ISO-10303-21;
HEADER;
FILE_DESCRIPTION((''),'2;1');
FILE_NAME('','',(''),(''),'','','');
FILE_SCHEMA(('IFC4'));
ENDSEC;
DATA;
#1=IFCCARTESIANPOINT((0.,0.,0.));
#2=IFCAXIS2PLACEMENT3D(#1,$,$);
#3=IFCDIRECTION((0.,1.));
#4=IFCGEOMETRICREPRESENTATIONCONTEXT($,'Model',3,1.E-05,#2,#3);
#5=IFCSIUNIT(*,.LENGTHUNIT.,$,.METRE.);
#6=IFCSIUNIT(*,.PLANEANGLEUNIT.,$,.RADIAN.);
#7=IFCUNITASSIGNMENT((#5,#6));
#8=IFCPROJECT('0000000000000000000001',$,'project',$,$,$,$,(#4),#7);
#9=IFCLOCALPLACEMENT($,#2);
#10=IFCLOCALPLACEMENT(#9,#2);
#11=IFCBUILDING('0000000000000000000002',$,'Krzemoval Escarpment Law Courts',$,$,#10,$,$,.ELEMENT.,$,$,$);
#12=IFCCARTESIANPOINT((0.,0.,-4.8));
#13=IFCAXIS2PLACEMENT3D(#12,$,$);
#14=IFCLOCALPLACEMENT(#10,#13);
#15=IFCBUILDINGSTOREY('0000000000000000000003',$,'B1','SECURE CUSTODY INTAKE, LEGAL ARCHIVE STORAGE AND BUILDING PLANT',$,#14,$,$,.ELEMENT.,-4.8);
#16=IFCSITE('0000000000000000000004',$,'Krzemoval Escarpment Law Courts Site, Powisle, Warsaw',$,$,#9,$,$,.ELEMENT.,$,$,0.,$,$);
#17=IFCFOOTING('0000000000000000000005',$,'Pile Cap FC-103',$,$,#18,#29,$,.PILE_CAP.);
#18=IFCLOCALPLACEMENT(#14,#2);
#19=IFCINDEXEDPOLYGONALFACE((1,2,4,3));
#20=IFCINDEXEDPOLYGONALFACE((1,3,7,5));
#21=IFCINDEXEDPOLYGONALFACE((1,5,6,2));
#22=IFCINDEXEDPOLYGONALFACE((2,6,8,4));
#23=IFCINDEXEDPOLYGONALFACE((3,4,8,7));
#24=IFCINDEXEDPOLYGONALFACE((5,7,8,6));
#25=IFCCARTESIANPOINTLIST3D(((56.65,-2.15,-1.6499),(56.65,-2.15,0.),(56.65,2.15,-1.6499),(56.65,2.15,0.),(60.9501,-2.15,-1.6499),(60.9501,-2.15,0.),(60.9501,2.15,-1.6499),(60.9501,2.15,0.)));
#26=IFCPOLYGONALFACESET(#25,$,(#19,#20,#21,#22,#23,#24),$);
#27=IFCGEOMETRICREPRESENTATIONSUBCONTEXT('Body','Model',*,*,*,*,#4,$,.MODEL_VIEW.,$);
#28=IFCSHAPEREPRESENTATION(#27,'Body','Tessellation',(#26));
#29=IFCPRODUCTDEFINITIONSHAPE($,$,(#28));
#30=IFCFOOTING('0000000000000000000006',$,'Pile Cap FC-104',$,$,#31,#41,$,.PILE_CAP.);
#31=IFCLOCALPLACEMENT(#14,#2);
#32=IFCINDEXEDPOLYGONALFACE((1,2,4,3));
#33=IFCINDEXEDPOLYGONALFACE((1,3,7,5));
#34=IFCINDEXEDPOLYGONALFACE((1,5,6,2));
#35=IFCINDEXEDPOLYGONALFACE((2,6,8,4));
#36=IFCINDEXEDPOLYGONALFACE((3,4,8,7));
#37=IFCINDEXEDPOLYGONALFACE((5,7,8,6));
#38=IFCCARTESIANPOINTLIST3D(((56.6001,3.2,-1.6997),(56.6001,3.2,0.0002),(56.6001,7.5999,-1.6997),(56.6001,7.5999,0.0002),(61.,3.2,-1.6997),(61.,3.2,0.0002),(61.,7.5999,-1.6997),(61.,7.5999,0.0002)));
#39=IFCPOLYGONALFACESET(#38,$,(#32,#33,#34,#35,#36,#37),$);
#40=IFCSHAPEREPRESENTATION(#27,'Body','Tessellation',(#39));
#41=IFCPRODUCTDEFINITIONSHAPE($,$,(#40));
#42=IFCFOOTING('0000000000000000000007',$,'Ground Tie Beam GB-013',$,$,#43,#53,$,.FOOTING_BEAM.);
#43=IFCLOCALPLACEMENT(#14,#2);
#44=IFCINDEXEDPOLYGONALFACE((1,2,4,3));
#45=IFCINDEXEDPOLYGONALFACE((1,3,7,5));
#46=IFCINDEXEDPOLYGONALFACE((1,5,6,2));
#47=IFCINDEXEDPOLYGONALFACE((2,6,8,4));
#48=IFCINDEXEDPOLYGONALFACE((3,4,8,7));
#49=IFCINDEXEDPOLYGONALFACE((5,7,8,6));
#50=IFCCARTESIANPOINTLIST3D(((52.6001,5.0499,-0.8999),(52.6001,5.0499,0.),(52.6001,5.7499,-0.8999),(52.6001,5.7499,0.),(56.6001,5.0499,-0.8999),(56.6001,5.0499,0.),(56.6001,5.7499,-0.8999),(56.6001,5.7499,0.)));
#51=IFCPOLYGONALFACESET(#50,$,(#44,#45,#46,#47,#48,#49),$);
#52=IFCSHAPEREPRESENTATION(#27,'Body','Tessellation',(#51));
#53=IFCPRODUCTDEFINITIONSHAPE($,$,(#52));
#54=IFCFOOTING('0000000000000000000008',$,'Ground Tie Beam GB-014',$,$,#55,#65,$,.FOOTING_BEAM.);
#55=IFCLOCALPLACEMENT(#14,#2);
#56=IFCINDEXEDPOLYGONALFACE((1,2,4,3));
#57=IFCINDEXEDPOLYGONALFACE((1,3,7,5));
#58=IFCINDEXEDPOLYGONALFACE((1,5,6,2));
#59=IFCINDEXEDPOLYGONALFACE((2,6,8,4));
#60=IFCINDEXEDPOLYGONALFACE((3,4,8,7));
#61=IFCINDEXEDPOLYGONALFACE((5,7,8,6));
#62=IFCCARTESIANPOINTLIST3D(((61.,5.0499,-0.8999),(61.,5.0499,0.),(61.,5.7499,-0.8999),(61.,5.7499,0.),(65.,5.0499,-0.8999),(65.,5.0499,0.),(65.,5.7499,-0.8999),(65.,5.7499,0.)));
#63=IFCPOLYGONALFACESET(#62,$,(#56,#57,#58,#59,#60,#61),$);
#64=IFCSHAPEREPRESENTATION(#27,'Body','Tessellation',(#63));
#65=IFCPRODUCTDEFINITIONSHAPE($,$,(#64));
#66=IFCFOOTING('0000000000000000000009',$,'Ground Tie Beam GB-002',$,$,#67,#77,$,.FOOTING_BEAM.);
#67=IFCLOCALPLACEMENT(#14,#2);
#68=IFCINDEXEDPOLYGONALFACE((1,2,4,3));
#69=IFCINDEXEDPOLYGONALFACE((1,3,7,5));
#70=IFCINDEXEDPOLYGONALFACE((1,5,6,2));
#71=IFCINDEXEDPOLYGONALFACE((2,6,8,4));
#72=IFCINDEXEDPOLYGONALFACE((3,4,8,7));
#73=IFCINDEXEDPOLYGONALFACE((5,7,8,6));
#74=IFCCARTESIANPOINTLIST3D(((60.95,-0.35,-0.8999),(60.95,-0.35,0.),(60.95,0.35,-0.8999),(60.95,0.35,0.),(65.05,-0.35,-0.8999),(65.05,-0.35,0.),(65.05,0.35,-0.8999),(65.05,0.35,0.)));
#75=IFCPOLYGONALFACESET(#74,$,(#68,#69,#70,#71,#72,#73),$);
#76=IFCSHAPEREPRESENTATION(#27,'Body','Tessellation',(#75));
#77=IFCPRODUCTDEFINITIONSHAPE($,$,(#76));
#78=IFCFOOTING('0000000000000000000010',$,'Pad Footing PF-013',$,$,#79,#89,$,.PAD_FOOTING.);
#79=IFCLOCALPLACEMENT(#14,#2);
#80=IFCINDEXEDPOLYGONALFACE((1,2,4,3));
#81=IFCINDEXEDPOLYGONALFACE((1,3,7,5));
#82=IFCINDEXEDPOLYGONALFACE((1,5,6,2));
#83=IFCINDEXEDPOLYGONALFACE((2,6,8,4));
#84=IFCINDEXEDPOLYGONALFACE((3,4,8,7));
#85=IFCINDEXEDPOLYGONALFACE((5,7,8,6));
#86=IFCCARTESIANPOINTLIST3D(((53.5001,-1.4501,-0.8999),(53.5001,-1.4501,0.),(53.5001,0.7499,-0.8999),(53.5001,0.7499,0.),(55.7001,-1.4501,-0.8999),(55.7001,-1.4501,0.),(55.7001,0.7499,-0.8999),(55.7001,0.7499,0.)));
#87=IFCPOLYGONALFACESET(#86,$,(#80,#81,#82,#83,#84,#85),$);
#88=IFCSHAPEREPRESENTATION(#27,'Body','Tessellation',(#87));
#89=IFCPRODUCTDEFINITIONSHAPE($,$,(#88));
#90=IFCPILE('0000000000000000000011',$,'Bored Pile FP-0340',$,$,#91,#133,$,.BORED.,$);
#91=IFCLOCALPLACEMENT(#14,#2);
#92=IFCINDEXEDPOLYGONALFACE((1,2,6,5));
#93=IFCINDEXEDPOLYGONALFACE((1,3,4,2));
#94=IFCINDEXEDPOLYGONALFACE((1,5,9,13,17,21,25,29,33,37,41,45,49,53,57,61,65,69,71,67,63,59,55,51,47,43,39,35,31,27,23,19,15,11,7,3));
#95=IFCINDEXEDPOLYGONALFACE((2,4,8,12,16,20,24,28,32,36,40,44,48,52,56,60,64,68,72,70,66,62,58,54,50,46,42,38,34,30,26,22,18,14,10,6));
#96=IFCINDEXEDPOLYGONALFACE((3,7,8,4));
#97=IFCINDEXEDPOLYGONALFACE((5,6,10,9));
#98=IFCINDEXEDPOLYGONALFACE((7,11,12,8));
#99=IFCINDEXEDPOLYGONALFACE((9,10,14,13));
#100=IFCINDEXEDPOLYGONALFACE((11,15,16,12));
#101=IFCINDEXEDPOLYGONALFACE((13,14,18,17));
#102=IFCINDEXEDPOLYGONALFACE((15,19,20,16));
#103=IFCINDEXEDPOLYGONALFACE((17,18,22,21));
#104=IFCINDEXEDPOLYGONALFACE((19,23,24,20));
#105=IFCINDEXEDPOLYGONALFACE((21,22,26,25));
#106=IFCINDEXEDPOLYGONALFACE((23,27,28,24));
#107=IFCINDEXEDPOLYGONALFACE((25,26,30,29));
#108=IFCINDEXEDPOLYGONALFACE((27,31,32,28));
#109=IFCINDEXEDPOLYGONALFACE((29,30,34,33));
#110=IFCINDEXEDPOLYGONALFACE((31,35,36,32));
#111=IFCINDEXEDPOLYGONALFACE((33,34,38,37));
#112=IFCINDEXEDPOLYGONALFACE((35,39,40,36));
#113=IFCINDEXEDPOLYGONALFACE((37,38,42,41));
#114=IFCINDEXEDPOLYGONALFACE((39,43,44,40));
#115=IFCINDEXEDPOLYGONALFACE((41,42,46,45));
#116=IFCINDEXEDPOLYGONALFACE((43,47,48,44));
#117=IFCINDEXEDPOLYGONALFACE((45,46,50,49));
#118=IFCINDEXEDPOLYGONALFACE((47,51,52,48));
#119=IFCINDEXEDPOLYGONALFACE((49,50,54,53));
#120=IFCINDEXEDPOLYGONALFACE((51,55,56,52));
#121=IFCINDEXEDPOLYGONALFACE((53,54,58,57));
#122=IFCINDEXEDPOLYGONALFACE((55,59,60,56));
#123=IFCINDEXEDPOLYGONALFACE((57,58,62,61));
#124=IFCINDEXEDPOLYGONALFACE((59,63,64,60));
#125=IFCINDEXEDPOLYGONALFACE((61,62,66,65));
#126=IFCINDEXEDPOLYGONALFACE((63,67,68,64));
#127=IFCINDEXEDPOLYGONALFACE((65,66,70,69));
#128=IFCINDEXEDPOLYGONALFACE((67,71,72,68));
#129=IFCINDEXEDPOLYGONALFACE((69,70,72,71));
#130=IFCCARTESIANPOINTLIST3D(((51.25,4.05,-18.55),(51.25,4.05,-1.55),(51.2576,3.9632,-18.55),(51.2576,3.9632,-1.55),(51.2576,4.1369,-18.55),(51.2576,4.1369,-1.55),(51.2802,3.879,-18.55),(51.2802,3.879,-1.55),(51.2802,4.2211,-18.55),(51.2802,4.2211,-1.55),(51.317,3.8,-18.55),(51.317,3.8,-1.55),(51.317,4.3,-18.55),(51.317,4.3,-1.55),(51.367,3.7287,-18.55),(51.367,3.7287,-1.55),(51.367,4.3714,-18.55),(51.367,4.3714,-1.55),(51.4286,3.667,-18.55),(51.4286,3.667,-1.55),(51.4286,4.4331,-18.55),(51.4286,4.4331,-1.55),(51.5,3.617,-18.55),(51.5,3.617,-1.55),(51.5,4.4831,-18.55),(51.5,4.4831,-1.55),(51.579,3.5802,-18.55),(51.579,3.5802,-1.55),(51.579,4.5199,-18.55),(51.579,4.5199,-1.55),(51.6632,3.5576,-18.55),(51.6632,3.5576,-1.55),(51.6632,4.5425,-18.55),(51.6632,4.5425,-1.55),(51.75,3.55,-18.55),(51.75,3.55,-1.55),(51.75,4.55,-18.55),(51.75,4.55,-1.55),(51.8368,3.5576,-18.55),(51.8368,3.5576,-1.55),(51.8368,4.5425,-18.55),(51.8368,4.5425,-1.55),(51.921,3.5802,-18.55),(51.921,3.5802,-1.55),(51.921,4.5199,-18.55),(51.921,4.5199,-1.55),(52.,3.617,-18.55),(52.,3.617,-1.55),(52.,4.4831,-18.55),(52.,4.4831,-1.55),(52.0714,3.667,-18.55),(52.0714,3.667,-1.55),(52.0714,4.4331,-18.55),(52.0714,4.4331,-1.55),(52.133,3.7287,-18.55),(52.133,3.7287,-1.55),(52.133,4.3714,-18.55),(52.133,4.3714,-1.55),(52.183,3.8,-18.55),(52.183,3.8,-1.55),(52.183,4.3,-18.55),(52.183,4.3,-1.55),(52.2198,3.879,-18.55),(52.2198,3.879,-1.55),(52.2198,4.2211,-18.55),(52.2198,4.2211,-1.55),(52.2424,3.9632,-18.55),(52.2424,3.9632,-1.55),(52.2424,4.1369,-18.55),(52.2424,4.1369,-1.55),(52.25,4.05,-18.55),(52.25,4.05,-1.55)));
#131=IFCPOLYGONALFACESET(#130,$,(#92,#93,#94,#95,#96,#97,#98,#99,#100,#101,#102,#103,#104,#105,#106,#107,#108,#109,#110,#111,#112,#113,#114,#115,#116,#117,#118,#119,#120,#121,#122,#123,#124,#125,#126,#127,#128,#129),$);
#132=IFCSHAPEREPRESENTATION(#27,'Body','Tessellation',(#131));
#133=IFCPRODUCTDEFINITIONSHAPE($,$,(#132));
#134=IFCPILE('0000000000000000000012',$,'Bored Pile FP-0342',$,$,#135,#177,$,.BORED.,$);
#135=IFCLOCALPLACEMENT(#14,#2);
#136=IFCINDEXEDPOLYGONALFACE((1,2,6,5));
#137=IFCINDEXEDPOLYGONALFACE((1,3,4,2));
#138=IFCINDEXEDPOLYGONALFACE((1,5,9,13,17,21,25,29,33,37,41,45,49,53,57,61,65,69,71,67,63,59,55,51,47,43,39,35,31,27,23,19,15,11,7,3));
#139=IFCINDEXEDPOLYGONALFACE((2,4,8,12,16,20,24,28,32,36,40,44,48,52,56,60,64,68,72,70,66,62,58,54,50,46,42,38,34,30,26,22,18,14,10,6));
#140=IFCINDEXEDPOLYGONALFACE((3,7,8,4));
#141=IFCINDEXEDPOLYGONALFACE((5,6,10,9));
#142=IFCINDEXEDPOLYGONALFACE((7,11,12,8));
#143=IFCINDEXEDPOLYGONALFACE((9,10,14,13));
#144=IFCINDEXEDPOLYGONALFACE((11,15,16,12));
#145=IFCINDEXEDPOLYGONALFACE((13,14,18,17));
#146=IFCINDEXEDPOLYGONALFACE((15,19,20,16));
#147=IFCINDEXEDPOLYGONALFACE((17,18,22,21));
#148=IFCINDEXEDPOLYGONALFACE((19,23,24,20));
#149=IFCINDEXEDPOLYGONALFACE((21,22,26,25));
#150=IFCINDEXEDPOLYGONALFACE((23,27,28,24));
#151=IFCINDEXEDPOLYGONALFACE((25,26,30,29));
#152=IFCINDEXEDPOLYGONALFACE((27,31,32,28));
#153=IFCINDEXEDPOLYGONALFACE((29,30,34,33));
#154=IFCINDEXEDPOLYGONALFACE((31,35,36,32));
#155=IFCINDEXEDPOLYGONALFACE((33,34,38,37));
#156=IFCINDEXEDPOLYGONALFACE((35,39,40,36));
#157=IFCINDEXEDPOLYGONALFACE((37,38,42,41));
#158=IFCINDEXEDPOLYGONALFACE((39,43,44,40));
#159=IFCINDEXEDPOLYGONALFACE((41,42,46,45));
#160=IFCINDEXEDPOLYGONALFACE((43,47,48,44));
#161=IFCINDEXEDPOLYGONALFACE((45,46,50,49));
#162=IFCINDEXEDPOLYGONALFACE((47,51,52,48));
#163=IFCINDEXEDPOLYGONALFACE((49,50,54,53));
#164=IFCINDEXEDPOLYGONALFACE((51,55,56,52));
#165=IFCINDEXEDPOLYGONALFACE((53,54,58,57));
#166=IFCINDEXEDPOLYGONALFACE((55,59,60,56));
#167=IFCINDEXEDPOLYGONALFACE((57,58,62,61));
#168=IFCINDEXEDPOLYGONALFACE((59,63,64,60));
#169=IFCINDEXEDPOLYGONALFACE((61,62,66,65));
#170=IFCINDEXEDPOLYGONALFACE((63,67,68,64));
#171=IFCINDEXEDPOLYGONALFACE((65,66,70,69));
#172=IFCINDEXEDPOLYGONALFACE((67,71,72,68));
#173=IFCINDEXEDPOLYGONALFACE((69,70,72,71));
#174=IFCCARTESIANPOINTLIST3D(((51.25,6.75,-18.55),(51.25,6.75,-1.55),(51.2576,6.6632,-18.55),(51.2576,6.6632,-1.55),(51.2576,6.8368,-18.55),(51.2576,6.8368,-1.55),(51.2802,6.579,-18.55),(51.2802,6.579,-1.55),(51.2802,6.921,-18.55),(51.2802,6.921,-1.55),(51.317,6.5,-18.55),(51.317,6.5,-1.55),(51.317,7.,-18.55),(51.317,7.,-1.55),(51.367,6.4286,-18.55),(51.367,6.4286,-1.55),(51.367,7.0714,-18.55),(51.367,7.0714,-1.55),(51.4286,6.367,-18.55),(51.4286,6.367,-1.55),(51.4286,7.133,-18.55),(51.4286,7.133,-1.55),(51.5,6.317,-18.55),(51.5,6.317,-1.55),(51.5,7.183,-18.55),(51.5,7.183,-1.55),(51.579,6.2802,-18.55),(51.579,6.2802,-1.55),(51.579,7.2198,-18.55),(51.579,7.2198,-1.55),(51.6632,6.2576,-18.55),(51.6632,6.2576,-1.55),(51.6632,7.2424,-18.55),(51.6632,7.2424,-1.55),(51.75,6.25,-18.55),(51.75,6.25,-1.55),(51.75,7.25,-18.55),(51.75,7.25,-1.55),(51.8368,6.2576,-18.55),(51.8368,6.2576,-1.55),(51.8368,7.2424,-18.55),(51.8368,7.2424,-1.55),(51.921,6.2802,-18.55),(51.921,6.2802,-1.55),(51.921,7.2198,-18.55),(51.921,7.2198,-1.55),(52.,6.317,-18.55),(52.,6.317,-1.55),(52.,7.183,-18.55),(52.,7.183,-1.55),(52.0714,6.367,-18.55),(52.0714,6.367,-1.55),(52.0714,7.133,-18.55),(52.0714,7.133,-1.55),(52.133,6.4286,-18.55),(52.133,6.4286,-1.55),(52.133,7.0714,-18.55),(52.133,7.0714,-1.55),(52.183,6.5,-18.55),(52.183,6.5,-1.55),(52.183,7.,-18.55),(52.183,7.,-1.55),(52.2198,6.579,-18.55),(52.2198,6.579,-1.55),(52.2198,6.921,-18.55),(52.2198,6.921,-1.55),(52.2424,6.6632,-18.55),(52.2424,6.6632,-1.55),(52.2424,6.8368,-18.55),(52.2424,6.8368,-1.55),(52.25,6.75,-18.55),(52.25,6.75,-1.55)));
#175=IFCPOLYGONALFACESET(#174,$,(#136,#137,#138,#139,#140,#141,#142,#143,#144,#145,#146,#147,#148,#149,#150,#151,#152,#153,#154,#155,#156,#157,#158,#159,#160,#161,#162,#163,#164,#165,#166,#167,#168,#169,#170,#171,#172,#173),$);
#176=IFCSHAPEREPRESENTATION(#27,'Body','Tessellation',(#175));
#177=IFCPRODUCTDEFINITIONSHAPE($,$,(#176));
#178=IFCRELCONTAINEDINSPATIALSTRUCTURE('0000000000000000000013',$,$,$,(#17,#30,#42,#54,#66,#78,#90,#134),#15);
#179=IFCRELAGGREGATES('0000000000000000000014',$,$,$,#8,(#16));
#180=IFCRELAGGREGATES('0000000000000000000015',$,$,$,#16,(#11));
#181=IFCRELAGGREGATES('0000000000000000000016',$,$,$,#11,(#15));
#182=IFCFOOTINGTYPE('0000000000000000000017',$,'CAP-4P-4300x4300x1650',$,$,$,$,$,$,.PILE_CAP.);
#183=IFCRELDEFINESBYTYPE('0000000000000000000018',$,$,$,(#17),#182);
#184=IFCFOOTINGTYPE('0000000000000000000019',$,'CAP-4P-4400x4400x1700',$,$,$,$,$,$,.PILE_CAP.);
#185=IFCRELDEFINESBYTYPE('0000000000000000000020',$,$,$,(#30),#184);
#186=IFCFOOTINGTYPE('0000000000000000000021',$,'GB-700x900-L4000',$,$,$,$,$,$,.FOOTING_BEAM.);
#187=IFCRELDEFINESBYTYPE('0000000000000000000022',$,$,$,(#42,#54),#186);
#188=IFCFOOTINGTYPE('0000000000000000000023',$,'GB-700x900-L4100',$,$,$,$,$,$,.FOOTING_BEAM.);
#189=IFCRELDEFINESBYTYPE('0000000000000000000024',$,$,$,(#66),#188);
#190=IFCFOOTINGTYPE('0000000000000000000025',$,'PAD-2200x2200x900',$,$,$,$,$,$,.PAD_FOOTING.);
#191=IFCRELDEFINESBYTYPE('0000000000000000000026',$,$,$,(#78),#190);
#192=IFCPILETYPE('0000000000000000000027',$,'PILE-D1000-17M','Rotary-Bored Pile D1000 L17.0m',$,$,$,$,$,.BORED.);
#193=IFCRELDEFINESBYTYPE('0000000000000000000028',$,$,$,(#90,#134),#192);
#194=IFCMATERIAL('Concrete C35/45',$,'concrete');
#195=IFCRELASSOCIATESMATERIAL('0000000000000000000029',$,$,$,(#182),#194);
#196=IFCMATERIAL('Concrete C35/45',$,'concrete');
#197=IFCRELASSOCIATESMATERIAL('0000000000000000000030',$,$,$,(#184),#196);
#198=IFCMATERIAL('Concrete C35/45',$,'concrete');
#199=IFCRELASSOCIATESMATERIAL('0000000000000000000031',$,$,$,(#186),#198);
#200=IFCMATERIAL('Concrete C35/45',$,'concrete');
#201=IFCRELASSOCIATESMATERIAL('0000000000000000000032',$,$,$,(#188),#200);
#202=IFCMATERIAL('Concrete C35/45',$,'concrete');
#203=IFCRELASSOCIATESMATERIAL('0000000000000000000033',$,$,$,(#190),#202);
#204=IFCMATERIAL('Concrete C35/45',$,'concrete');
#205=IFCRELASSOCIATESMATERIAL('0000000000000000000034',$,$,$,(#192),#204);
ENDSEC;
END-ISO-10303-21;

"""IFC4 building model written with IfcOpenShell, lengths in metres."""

from ifc_helpers import new_model, si_unit, direction, frame, origin, origin_2d, place, context, subcontext, project, spatial, rectangle, circle, extrude, material, material_profile, profile_set, type_object, element, save


model = new_model("IFC4")

# Units and contexts
model_context = context("Model", 3, precision=1e-05, world=origin(), true_north=direction((0.0, 1.0)))
body_context = subcontext(model_context, "Body", "Model", "MODEL_VIEW")
ifc_project = project(units=[si_unit("LENGTHUNIT", "METRE"), si_unit("PLANEANGLEUNIT", "RADIAN")], contexts=[model_context])

# Site, building, storey
site_placement = place(None, origin())
site = spatial("IfcSite", under=ifc_project, at=site_placement, Name="Krzemoval Escarpment Law Courts Site, Powisle, Warsaw", CompositionType="ELEMENT", RefElevation=0.0)
building_placement = place(site_placement, origin())
building = spatial("IfcBuilding", under=site, at=building_placement, Name="Krzemoval Escarpment Law Courts", CompositionType="ELEMENT")
storey_placement = place(building_placement, frame((0.0, 0.0, -4.8)))
storey = spatial("IfcBuildingStorey", under=building, at=storey_placement, Name="B1", Description="SECURE CUSTODY INTAKE, LEGAL ARCHIVE STORAGE AND BUILDING PLANT", CompositionType="ELEMENT", Elevation=-4.8)

# Footings
ifc_material_1 = material(Name="Concrete C35/45", Category="concrete")
footing_type_1 = type_object("IfcFootingType", Name="CAP-4P-4300x4300x1650", PredefinedType="PILE_CAP", material=ifc_material_1)
footing_1_placement = place(storey_placement, frame((58.8, 0.0, -1.6499), z_axis=(0.0, 0.0, 1.0), x_axis=(1.0, 0.0, 0.0)))
element("IfcFooting", 1, at=footing_1_placement, inside=storey, type_object=footing_type_1, Name="Pile Cap FC-103", PredefinedType="PILE_CAP", context=body_context, shape_type="SweptSolid", body=[
    extrude(rectangle(XDim=4.3, YDim=4.3, at=origin_2d()), origin(), (0.0, 0.0, 1.0), 1.6499),
])
ifc_material_2 = material(Name="Concrete C35/45", Category="concrete")
footing_type_2 = type_object("IfcFootingType", Name="CAP-4P-4400x4400x1700", PredefinedType="PILE_CAP", material=ifc_material_2)
footing_2_placement = place(storey_placement, frame((58.8, 5.3999, -1.6997), z_axis=(0.0, 0.0, 1.0), x_axis=(1.0, 0.0, 0.0)))
element("IfcFooting", 2, at=footing_2_placement, inside=storey, type_object=footing_type_2, Name="Pile Cap FC-104", PredefinedType="PILE_CAP", context=body_context, shape_type="SweptSolid", body=[
    extrude(rectangle(XDim=4.3999, YDim=4.3999, at=origin_2d()), origin(), (0.0, 0.0, 1.0), 1.7),
])
ifc_material_3 = material(Name="Concrete C35/45", Category="concrete")
footing_type_3 = type_object("IfcFootingType", Name="GB-700x900-L4000", PredefinedType="FOOTING_BEAM", material=ifc_material_3)
for number, where, z_axis, x_axis, name in (
    (3, (54.6001, 5.3999, -0.8999), (0.0, 0.0, 1.0), (1.0, 0.0, 0.0), "Ground Tie Beam GB-013"),
    (4, (63.0, 5.3999, -0.8999), (0.0, 0.0, 1.0), (1.0, 0.0, 0.0), "Ground Tie Beam GB-014"),
):
    element("IfcFooting", number, at=place(storey_placement, frame(where, z_axis=z_axis, x_axis=x_axis)), inside=storey, type_object=footing_type_3, Name=name, PredefinedType="FOOTING_BEAM", context=body_context, shape_type="SweptSolid", body=[
        extrude(rectangle(XDim=4.0, YDim=0.7, at=origin_2d()), origin(), (0.0, 0.0, 1.0), 0.8999),
    ])
ifc_material_4 = material(Name="Concrete C35/45", Category="concrete")
footing_type_4 = type_object("IfcFootingType", Name="GB-700x900-L4100", PredefinedType="FOOTING_BEAM", material=ifc_material_4)
footing_3_placement = place(storey_placement, frame((63.0, 0.0, -0.8999), z_axis=(0.0, 0.0, 1.0), x_axis=(1.0, 0.0, 0.0)))
element("IfcFooting", 5, at=footing_3_placement, inside=storey, type_object=footing_type_4, Name="Ground Tie Beam GB-002", PredefinedType="FOOTING_BEAM", context=body_context, shape_type="SweptSolid", body=[
    extrude(rectangle(XDim=4.1001, YDim=0.7, at=origin_2d()), origin(), (0.0, 0.0, 1.0), 0.8999),
])
ifc_material_5 = material(Name="Concrete C35/45", Category="concrete")
footing_type_5 = type_object("IfcFootingType", Name="PAD-2200x2200x900", PredefinedType="PAD_FOOTING", material=ifc_material_5)
footing_4_placement = place(storey_placement, frame((54.6001, -0.3501, -0.8999), z_axis=(0.0, 0.0, 1.0), x_axis=(1.0, 0.0, 0.0)))
element("IfcFooting", 6, at=footing_4_placement, inside=storey, type_object=footing_type_5, Name="Pad Footing PF-013", PredefinedType="PAD_FOOTING", context=body_context, shape_type="SweptSolid", body=[
    extrude(rectangle(XDim=2.2, YDim=2.2, at=origin_2d()), origin(), (0.0, 0.0, 1.0), 0.8999),
])

# Piles
ifc_material_6 = material(Name="Concrete C35/45", Category="concrete")
ifc_material_profile_1 = material_profile(ifc_material_6, circle(Radius=0.5, at=origin_2d()), Name="PILE D1000")
ifc_profile_set_1 = profile_set([ifc_material_profile_1], Name="Concrete C35/45")
pile_type = type_object("IfcPileType", Name="PILE-D1000-17M", Description="Rotary-Bored Pile D1000 L17.0m", PredefinedType="BORED", material=ifc_profile_set_1)
for number, where, z_axis, x_axis, name in (
    (7, (51.75, 4.05, -1.55), (0.0, 0.0, -1.0), (1.0, 0.0, 0.0), "Bored Pile FP-0340"),
    (8, (51.75, 6.75, -1.55), (0.0, 0.0, -1.0), (1.0, 0.0, 0.0), "Bored Pile FP-0342"),
):
    element("IfcPile", number, at=place(storey_placement, frame(where, z_axis=z_axis, x_axis=x_axis)), inside=storey, type_object=pile_type, Name=name, PredefinedType="BORED", context=body_context, shape_type="SweptSolid", body=[
        extrude(circle(Radius=0.5, at=origin_2d()), origin(), (0.0, 0.0, 1.0), 17.0),
    ])

save(model, "model.ifc")
